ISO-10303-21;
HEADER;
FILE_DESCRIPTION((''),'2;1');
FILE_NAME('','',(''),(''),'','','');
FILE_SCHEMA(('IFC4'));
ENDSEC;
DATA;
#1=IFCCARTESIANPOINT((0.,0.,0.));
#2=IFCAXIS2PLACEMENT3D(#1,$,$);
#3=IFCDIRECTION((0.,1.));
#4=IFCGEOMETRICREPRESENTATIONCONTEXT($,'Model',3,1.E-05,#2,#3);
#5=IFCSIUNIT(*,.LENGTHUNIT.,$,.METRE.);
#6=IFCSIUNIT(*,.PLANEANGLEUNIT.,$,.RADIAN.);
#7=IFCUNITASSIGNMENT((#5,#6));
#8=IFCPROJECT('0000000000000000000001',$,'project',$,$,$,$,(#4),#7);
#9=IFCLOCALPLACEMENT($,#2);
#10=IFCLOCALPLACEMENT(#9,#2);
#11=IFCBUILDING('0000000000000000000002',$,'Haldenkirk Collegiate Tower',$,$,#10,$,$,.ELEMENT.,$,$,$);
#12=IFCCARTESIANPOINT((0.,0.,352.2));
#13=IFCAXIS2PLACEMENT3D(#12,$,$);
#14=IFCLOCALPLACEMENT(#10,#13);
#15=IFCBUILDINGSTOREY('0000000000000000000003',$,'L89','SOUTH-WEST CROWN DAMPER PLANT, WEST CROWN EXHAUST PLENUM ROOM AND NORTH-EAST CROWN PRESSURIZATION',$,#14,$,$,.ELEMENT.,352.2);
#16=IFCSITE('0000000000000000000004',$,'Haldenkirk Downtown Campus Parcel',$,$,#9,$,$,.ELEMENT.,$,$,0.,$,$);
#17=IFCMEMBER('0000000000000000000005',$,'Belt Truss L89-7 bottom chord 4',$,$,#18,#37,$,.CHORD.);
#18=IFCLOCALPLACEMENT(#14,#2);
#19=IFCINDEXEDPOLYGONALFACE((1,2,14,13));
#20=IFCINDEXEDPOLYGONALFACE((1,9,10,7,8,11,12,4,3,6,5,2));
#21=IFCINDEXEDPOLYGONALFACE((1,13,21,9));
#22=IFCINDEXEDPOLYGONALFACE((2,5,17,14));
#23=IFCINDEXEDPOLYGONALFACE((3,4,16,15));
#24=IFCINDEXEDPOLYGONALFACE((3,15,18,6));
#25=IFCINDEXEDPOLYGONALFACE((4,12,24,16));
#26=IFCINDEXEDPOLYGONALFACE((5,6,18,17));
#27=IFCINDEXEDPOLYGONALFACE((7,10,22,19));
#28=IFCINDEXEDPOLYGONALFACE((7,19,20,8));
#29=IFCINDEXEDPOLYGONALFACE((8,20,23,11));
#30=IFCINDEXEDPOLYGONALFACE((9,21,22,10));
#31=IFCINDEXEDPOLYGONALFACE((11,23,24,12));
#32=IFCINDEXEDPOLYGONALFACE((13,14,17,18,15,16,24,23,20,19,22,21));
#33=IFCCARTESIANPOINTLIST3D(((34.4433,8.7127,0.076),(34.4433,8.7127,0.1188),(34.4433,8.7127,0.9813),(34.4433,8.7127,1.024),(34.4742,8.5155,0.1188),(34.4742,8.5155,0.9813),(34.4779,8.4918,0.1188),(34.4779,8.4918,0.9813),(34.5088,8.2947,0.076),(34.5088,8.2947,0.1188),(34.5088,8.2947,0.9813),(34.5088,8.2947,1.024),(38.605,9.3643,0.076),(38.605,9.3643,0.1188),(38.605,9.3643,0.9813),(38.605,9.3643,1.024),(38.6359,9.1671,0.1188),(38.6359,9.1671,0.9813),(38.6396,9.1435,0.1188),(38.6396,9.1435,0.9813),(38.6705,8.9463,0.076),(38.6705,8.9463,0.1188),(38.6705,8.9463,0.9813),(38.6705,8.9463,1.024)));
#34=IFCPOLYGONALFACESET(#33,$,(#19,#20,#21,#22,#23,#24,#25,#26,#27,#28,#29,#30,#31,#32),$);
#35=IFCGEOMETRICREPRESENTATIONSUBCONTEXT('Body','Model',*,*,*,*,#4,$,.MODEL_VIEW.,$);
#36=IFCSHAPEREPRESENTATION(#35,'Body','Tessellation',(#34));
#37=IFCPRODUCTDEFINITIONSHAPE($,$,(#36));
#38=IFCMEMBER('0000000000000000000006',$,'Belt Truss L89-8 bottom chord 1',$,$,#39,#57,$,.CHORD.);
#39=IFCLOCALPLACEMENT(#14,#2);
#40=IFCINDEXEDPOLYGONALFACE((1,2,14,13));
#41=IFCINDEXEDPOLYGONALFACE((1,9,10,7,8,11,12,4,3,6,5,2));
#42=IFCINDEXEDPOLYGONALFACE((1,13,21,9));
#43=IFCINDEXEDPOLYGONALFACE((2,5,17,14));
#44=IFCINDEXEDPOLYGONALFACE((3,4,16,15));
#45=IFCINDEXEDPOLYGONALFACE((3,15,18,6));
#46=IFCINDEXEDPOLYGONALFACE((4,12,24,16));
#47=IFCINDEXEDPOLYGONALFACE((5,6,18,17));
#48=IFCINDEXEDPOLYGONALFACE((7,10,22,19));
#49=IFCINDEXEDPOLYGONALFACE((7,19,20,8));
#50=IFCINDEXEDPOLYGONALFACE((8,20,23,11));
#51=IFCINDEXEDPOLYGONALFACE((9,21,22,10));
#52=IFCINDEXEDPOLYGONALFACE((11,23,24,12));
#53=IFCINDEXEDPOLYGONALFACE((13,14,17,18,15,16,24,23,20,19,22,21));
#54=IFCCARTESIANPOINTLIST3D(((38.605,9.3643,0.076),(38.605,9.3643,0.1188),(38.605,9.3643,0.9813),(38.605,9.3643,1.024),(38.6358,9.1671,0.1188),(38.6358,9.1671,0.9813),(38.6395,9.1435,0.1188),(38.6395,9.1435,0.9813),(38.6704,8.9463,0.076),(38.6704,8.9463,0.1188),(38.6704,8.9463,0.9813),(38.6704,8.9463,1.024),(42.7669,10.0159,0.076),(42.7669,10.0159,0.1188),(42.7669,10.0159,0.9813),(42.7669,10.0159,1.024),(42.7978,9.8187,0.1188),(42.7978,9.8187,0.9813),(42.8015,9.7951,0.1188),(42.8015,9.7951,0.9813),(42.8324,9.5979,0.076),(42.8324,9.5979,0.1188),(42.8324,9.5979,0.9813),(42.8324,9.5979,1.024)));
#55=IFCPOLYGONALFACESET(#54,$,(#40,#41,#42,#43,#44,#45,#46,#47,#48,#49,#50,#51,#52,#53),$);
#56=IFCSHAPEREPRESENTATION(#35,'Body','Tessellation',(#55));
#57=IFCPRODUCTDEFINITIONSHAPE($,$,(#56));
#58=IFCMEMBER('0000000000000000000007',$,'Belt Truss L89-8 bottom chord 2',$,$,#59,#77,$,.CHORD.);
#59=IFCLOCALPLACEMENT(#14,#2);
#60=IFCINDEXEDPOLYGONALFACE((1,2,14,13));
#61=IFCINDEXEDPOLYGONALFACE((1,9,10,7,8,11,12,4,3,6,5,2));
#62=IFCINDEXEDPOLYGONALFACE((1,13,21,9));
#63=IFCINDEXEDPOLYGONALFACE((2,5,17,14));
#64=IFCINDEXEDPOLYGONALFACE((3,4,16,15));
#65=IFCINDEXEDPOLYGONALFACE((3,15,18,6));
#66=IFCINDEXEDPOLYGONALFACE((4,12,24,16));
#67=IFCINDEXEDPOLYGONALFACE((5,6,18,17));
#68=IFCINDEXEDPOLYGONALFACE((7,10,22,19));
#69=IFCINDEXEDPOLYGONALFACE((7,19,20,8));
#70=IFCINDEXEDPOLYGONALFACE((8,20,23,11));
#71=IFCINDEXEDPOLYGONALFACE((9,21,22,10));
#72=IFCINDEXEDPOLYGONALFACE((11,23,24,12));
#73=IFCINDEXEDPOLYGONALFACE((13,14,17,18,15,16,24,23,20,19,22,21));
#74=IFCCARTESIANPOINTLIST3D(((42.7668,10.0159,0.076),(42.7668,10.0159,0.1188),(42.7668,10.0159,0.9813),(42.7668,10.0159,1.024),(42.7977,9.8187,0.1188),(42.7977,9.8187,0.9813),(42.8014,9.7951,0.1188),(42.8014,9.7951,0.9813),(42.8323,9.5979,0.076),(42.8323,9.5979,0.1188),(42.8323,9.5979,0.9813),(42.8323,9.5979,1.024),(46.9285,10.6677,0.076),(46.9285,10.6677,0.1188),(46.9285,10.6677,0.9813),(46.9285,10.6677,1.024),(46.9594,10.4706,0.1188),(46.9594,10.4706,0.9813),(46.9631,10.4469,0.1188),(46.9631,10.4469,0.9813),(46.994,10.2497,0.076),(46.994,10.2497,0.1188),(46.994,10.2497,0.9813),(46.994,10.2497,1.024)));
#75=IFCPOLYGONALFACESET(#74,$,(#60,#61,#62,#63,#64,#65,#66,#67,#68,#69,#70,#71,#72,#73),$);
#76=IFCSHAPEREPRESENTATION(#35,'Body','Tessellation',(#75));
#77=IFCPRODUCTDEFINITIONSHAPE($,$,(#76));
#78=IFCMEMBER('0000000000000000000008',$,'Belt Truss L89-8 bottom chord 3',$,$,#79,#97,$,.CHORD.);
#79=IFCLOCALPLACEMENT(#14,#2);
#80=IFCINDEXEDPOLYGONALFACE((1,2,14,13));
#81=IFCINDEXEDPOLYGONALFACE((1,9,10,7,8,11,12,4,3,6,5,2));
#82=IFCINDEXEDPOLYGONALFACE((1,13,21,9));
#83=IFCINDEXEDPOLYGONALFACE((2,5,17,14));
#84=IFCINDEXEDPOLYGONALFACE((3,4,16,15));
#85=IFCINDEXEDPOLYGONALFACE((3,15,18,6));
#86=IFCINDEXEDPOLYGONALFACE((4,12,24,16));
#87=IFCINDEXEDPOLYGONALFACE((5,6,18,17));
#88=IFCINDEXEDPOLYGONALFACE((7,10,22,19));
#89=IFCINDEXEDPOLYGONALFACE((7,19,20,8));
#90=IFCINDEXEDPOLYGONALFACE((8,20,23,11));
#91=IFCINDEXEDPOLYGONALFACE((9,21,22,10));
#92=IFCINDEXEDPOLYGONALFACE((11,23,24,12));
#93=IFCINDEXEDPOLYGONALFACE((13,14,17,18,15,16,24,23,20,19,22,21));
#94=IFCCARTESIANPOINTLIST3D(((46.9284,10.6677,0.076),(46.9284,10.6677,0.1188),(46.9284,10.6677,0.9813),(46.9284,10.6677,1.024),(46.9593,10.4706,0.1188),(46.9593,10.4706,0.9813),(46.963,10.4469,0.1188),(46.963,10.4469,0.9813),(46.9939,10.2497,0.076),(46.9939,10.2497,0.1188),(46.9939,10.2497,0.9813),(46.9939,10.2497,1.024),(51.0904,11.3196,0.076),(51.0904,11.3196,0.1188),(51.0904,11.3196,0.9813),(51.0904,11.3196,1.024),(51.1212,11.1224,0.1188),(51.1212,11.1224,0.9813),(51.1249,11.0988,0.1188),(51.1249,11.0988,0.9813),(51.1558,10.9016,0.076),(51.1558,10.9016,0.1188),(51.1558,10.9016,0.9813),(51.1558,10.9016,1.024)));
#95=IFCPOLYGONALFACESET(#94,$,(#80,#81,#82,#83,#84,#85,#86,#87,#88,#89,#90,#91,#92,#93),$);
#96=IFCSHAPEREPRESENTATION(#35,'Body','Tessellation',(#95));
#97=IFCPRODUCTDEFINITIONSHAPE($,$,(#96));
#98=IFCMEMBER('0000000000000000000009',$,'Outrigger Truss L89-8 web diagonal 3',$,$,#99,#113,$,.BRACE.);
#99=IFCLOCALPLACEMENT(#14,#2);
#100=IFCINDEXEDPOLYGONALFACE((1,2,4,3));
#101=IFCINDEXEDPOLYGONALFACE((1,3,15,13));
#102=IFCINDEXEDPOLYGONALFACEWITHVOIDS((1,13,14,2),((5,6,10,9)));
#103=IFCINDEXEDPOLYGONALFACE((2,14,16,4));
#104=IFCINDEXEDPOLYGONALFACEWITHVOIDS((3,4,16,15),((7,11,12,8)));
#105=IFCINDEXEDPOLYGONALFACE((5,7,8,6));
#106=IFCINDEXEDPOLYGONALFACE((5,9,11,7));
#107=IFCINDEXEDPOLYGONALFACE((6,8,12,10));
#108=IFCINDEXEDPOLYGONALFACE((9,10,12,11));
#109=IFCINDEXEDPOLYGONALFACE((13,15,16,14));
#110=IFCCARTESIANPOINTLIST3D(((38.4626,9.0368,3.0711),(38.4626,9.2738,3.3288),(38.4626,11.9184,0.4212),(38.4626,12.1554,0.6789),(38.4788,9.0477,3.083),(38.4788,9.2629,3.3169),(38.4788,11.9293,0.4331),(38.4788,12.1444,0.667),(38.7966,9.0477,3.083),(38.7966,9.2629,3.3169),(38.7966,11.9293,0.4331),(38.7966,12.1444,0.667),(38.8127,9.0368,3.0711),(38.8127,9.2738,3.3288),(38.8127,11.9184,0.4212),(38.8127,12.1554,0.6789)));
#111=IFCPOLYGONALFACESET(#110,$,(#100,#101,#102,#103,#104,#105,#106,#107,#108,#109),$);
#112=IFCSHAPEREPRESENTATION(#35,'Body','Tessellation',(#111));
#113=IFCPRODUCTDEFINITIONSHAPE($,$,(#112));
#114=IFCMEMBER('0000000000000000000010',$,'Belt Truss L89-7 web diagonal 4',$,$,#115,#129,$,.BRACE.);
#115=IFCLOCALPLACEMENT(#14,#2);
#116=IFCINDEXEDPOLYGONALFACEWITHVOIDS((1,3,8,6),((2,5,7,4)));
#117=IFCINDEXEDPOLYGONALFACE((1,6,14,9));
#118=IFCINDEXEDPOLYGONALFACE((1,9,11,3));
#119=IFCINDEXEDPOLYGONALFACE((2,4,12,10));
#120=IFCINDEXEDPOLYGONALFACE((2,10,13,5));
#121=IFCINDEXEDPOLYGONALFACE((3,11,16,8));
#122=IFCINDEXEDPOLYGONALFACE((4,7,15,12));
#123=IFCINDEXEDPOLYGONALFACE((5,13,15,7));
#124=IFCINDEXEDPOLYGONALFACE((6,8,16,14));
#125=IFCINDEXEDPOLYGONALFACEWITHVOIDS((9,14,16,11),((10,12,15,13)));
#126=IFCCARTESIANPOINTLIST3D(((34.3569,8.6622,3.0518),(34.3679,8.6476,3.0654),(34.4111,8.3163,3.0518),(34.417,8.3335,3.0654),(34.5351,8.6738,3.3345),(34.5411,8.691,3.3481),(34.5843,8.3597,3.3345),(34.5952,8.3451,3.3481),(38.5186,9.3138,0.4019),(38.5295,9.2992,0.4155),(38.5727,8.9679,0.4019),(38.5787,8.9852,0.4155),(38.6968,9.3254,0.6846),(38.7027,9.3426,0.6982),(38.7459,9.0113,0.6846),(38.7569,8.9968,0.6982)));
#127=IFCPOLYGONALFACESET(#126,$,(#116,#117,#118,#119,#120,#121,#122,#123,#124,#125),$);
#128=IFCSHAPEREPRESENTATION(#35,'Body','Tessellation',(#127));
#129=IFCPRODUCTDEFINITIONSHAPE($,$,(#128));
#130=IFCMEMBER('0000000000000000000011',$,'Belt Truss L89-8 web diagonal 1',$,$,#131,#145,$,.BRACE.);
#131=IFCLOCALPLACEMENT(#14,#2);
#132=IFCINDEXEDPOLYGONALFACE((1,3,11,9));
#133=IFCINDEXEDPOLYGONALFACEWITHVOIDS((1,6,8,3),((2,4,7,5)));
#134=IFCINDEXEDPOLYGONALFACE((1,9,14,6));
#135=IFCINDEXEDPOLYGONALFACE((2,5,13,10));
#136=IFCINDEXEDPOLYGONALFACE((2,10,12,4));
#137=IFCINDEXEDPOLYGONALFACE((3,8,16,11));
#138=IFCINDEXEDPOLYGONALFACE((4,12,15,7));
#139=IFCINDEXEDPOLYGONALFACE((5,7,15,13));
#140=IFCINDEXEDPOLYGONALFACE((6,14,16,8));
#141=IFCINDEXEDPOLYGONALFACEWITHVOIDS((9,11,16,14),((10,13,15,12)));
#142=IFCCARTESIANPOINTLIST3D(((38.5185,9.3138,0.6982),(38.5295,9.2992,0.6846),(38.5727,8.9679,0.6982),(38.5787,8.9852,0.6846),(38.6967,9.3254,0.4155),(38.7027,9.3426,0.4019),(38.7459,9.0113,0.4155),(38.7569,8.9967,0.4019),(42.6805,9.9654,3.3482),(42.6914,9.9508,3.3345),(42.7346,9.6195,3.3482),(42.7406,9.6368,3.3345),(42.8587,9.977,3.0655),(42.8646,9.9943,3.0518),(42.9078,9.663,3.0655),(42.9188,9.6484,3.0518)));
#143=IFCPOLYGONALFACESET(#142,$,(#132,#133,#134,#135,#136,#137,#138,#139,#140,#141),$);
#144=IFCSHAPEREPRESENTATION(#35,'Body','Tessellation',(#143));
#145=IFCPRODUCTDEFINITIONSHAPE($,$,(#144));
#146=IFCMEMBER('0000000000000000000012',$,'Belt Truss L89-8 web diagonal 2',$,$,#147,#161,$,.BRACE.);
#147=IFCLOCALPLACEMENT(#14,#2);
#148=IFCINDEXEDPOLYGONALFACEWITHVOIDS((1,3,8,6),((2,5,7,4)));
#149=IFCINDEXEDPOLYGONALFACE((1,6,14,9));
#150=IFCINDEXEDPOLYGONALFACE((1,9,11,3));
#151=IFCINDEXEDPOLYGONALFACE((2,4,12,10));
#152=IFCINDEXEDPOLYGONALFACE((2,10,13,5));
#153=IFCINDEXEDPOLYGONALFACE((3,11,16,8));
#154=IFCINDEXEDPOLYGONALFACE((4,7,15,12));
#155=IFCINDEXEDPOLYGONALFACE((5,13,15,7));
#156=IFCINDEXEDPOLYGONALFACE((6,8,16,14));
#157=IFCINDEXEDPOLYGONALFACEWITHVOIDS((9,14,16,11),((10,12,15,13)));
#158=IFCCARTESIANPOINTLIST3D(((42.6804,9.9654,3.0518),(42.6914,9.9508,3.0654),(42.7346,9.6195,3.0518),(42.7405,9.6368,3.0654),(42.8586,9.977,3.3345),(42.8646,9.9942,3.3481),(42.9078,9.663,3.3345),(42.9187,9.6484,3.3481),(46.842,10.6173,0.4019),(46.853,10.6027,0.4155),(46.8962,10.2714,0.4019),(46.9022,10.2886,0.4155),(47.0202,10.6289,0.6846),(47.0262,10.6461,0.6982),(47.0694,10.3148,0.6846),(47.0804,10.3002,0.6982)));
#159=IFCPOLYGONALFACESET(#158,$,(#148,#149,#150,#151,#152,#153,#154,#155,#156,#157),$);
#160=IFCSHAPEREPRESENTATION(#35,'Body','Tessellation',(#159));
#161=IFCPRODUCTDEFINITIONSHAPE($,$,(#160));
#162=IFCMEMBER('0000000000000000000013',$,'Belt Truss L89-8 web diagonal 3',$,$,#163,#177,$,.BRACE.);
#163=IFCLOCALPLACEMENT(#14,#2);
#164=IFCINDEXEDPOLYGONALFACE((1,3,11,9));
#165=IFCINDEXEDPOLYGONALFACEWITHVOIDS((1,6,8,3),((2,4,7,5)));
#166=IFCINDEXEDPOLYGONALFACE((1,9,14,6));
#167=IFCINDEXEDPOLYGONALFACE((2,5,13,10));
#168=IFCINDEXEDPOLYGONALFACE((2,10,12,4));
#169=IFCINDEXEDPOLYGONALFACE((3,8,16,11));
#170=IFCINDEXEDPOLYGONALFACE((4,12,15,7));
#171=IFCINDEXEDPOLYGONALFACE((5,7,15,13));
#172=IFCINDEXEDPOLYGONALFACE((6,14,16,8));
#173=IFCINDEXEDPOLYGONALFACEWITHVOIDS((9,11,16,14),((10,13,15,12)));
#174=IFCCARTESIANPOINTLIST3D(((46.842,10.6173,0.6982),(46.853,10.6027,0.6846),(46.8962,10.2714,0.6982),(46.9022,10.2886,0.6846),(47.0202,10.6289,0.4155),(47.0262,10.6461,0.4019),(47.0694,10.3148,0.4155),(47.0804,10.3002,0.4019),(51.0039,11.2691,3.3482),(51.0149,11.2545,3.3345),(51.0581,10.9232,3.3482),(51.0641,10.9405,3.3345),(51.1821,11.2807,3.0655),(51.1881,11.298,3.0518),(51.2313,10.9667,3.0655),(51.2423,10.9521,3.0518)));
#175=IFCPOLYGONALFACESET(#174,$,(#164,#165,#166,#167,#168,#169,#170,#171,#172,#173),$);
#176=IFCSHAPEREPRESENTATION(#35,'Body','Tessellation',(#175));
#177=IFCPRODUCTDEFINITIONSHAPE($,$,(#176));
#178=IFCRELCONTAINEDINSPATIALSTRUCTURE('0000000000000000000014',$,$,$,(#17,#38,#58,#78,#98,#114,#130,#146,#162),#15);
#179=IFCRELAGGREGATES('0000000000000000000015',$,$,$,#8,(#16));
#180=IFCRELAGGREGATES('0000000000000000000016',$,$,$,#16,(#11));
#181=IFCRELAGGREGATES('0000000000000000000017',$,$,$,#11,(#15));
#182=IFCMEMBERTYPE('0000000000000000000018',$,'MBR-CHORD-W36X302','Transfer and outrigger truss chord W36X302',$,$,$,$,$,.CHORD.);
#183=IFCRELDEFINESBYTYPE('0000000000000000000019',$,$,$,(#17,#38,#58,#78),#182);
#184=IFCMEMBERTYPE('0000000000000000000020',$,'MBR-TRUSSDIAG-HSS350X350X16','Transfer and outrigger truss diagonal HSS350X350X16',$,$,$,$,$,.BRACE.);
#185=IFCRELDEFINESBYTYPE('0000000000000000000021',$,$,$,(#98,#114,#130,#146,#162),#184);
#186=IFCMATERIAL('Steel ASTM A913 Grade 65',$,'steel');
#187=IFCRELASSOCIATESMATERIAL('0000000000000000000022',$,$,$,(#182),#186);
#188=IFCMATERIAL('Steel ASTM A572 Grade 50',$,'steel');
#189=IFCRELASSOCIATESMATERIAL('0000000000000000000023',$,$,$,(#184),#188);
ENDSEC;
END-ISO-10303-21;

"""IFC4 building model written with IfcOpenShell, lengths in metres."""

from ifc_helpers import new_model, si_unit, direction, frame, origin, origin_2d, place, context, subcontext, project, spatial, hollow_rectangle, i_section, extrude, material, material_profile, profile_set, type_object, element, save


model = new_model("IFC4")

# Units and contexts
model_context = context("Model", 3, precision=1e-05, world=origin(), true_north=direction((0.0, 1.0)))
body_context = subcontext(model_context, "Body", "Model", "MODEL_VIEW")
ifc_project = project(units=[si_unit("LENGTHUNIT", "METRE"), si_unit("PLANEANGLEUNIT", "RADIAN")], contexts=[model_context])

# Site, building, storey
site_placement = place(None, origin())
site = spatial("IfcSite", under=ifc_project, at=site_placement, Name="Haldenkirk Downtown Campus Parcel", CompositionType="ELEMENT", RefElevation=0.0)
building_placement = place(site_placement, origin())
building = spatial("IfcBuilding", under=site, at=building_placement, Name="Haldenkirk Collegiate Tower", CompositionType="ELEMENT")
storey_placement = place(building_placement, frame((0.0, 0.0, 352.2)))
storey = spatial("IfcBuildingStorey", under=building, at=storey_placement, Name="L89", Description="SOUTH-WEST CROWN DAMPER PLANT, WEST CROWN EXHAUST PLENUM ROOM AND NORTH-EAST CROWN PRESSURIZATION", CompositionType="ELEMENT", Elevation=352.2)

# Shared definitions
ifc_material_1 = material(Name="Steel ASTM A913 Grade 65", Category="steel")

# Members
ifc_material_2 = material(Name="Steel ASTM A572 Grade 50", Category="steel")
ifc_material_profile_1 = material_profile(ifc_material_1, i_section(OverallWidth=0.4231, OverallDepth=0.948, WebThickness=0.0239, FlangeThickness=0.0427, at=origin_2d()), Name="W36X302")
ifc_profile_set_1 = profile_set([ifc_material_profile_1], Name="Steel ASTM A913 Grade 65")
member_type_1 = type_object("IfcMemberType", Name="MBR-CHORD-W36X302", Description="Transfer and outrigger truss chord W36X302", PredefinedType="CHORD", material=ifc_profile_set_1)
member_1_placement = place(storey_placement, frame((34.4761, 8.5037, 0.55), z_axis=(0.987963, 0.154692, 0.0), x_axis=(-0.154692, 0.987963, 0.0)))
element("IfcMember", 1, at=member_1_placement, inside=storey, type_object=member_type_1, Name="Belt Truss L89-7 bottom chord 4", PredefinedType="CHORD", context=body_context, shape_type="SweptSolid", body=[
    extrude(i_section(OverallWidth=0.4231, OverallDepth=0.948, WebThickness=0.0239, FlangeThickness=0.0427, at=origin_2d()), origin(), (0.0, 0.0, 1.0), 4.2124),
])
member_2_placement = place(storey_placement, frame((38.6377, 9.1553, 0.55), z_axis=(0.987964, 0.154683, 0.0), x_axis=(-0.154683, 0.987964, 0.0)))
element("IfcMember", 2, at=member_2_placement, inside=storey, type_object=member_type_1, Name="Belt Truss L89-8 bottom chord 1", PredefinedType="CHORD", context=body_context, shape_type="SweptSolid", body=[
    extrude(i_section(OverallWidth=0.4231, OverallDepth=0.948, WebThickness=0.0239, FlangeThickness=0.0427, at=origin_2d()), origin(), (0.0, 0.0, 1.0), 4.2126),
])
member_3_placement = place(storey_placement, frame((42.7996, 9.8069, 0.55), z_axis=(0.987954, 0.154748, 0.0), x_axis=(-0.154748, 0.987954, 0.0)))
element("IfcMember", 3, at=member_3_placement, inside=storey, type_object=member_type_1, Name="Belt Truss L89-8 bottom chord 2", PredefinedType="CHORD", context=body_context, shape_type="SweptSolid", body=[
    extrude(i_section(OverallWidth=0.4231, OverallDepth=0.948, WebThickness=0.0239, FlangeThickness=0.0427, at=origin_2d()), origin(), (0.0, 0.0, 1.0), 4.2124),
])
member_4_placement = place(storey_placement, frame((46.9612, 10.4587, 0.55), z_axis=(0.987955, 0.154739, 0.0), x_axis=(-0.154739, 0.987955, 0.0)))
element("IfcMember", 4, at=member_4_placement, inside=storey, type_object=member_type_1, Name="Belt Truss L89-8 bottom chord 3", PredefinedType="CHORD", context=body_context, shape_type="SweptSolid", body=[
    extrude(i_section(OverallWidth=0.4231, OverallDepth=0.948, WebThickness=0.0239, FlangeThickness=0.0427, at=origin_2d()), origin(), (0.0, 0.0, 1.0), 4.2126),
])
ifc_material_profile_2 = material_profile(ifc_material_2, hollow_rectangle(XDim=0.3501, YDim=0.3501, WallThickness=0.0161, at=origin_2d()), Name="HSS350X350X16")
ifc_profile_set_2 = profile_set([ifc_material_profile_2], Name="Steel ASTM A572 Grade 50")
member_type_2 = type_object("IfcMemberType", Name="MBR-TRUSSDIAG-HSS350X350X16", Description="Transfer and outrigger truss diagonal HSS350X350X16", PredefinedType="BRACE", material=ifc_profile_set_2)
member_5_placement = place(storey_placement, frame((38.6377, 12.0369, 0.55), z_axis=(0.0, -0.736079, 0.676896), x_axis=(1.0, 0.0, 0.0)))
element("IfcMember", 5, at=member_5_placement, inside=storey, type_object=member_type_2, Name="Outrigger Truss L89-8 web diagonal 3", PredefinedType="BRACE", context=body_context, shape_type="SweptSolid", body=[
    extrude(hollow_rectangle(XDim=0.3501, YDim=0.3501, WallThickness=0.0161, at=origin_2d()), origin(), (0.0, 0.0, 1.0), 3.9148),
])
member_6_placement = place(storey_placement, frame((34.4761, 8.5037, 3.2), z_axis=(0.836253, 0.130937, -0.532482), x_axis=(-0.154692, 0.987963, 0.0)))
element("IfcMember", 6, at=member_6_placement, inside=storey, type_object=member_type_2, Name="Belt Truss L89-7 web diagonal 4", PredefinedType="BRACE", context=body_context, shape_type="SweptSolid", body=[
    extrude(hollow_rectangle(XDim=0.3501, YDim=0.3501, WallThickness=0.0161, at=origin_2d()), origin(), (0.0, 0.0, 1.0), 4.9766),
])
member_7_placement = place(storey_placement, frame((38.6377, 9.1553, 0.55), z_axis=(0.836267, 0.130932, 0.53246), x_axis=(-0.154683, 0.987964, 0.0)))
element("IfcMember", 7, at=member_7_placement, inside=storey, type_object=member_type_2, Name="Belt Truss L89-8 web diagonal 1", PredefinedType="BRACE", context=body_context, shape_type="SweptSolid", body=[
    extrude(hollow_rectangle(XDim=0.3501, YDim=0.3501, WallThickness=0.0161, at=origin_2d()), origin(), (0.0, 0.0, 1.0), 4.9768),
])
member_8_placement = place(storey_placement, frame((42.7996, 9.8069, 3.2), z_axis=(0.836247, 0.130986, -0.532478), x_axis=(-0.154748, 0.987954, 0.0)))
element("IfcMember", 8, at=member_8_placement, inside=storey, type_object=member_type_2, Name="Belt Truss L89-8 web diagonal 2", PredefinedType="BRACE", context=body_context, shape_type="SweptSolid", body=[
    extrude(hollow_rectangle(XDim=0.3501, YDim=0.3501, WallThickness=0.0161, at=origin_2d()), origin(), (0.0, 0.0, 1.0), 4.9766),
])
member_9_placement = place(storey_placement, frame((46.9612, 10.4587, 0.55), z_axis=(0.836262, 0.13098, 0.532457), x_axis=(-0.154739, 0.987955, 0.0)))
element("IfcMember", 9, at=member_9_placement, inside=storey, type_object=member_type_2, Name="Belt Truss L89-8 web diagonal 3", PredefinedType="BRACE", context=body_context, shape_type="SweptSolid", body=[
    extrude(hollow_rectangle(XDim=0.3501, YDim=0.3501, WallThickness=0.0161, at=origin_2d()), origin(), (0.0, 0.0, 1.0), 4.9768),
])

save(model, "model.ifc")
